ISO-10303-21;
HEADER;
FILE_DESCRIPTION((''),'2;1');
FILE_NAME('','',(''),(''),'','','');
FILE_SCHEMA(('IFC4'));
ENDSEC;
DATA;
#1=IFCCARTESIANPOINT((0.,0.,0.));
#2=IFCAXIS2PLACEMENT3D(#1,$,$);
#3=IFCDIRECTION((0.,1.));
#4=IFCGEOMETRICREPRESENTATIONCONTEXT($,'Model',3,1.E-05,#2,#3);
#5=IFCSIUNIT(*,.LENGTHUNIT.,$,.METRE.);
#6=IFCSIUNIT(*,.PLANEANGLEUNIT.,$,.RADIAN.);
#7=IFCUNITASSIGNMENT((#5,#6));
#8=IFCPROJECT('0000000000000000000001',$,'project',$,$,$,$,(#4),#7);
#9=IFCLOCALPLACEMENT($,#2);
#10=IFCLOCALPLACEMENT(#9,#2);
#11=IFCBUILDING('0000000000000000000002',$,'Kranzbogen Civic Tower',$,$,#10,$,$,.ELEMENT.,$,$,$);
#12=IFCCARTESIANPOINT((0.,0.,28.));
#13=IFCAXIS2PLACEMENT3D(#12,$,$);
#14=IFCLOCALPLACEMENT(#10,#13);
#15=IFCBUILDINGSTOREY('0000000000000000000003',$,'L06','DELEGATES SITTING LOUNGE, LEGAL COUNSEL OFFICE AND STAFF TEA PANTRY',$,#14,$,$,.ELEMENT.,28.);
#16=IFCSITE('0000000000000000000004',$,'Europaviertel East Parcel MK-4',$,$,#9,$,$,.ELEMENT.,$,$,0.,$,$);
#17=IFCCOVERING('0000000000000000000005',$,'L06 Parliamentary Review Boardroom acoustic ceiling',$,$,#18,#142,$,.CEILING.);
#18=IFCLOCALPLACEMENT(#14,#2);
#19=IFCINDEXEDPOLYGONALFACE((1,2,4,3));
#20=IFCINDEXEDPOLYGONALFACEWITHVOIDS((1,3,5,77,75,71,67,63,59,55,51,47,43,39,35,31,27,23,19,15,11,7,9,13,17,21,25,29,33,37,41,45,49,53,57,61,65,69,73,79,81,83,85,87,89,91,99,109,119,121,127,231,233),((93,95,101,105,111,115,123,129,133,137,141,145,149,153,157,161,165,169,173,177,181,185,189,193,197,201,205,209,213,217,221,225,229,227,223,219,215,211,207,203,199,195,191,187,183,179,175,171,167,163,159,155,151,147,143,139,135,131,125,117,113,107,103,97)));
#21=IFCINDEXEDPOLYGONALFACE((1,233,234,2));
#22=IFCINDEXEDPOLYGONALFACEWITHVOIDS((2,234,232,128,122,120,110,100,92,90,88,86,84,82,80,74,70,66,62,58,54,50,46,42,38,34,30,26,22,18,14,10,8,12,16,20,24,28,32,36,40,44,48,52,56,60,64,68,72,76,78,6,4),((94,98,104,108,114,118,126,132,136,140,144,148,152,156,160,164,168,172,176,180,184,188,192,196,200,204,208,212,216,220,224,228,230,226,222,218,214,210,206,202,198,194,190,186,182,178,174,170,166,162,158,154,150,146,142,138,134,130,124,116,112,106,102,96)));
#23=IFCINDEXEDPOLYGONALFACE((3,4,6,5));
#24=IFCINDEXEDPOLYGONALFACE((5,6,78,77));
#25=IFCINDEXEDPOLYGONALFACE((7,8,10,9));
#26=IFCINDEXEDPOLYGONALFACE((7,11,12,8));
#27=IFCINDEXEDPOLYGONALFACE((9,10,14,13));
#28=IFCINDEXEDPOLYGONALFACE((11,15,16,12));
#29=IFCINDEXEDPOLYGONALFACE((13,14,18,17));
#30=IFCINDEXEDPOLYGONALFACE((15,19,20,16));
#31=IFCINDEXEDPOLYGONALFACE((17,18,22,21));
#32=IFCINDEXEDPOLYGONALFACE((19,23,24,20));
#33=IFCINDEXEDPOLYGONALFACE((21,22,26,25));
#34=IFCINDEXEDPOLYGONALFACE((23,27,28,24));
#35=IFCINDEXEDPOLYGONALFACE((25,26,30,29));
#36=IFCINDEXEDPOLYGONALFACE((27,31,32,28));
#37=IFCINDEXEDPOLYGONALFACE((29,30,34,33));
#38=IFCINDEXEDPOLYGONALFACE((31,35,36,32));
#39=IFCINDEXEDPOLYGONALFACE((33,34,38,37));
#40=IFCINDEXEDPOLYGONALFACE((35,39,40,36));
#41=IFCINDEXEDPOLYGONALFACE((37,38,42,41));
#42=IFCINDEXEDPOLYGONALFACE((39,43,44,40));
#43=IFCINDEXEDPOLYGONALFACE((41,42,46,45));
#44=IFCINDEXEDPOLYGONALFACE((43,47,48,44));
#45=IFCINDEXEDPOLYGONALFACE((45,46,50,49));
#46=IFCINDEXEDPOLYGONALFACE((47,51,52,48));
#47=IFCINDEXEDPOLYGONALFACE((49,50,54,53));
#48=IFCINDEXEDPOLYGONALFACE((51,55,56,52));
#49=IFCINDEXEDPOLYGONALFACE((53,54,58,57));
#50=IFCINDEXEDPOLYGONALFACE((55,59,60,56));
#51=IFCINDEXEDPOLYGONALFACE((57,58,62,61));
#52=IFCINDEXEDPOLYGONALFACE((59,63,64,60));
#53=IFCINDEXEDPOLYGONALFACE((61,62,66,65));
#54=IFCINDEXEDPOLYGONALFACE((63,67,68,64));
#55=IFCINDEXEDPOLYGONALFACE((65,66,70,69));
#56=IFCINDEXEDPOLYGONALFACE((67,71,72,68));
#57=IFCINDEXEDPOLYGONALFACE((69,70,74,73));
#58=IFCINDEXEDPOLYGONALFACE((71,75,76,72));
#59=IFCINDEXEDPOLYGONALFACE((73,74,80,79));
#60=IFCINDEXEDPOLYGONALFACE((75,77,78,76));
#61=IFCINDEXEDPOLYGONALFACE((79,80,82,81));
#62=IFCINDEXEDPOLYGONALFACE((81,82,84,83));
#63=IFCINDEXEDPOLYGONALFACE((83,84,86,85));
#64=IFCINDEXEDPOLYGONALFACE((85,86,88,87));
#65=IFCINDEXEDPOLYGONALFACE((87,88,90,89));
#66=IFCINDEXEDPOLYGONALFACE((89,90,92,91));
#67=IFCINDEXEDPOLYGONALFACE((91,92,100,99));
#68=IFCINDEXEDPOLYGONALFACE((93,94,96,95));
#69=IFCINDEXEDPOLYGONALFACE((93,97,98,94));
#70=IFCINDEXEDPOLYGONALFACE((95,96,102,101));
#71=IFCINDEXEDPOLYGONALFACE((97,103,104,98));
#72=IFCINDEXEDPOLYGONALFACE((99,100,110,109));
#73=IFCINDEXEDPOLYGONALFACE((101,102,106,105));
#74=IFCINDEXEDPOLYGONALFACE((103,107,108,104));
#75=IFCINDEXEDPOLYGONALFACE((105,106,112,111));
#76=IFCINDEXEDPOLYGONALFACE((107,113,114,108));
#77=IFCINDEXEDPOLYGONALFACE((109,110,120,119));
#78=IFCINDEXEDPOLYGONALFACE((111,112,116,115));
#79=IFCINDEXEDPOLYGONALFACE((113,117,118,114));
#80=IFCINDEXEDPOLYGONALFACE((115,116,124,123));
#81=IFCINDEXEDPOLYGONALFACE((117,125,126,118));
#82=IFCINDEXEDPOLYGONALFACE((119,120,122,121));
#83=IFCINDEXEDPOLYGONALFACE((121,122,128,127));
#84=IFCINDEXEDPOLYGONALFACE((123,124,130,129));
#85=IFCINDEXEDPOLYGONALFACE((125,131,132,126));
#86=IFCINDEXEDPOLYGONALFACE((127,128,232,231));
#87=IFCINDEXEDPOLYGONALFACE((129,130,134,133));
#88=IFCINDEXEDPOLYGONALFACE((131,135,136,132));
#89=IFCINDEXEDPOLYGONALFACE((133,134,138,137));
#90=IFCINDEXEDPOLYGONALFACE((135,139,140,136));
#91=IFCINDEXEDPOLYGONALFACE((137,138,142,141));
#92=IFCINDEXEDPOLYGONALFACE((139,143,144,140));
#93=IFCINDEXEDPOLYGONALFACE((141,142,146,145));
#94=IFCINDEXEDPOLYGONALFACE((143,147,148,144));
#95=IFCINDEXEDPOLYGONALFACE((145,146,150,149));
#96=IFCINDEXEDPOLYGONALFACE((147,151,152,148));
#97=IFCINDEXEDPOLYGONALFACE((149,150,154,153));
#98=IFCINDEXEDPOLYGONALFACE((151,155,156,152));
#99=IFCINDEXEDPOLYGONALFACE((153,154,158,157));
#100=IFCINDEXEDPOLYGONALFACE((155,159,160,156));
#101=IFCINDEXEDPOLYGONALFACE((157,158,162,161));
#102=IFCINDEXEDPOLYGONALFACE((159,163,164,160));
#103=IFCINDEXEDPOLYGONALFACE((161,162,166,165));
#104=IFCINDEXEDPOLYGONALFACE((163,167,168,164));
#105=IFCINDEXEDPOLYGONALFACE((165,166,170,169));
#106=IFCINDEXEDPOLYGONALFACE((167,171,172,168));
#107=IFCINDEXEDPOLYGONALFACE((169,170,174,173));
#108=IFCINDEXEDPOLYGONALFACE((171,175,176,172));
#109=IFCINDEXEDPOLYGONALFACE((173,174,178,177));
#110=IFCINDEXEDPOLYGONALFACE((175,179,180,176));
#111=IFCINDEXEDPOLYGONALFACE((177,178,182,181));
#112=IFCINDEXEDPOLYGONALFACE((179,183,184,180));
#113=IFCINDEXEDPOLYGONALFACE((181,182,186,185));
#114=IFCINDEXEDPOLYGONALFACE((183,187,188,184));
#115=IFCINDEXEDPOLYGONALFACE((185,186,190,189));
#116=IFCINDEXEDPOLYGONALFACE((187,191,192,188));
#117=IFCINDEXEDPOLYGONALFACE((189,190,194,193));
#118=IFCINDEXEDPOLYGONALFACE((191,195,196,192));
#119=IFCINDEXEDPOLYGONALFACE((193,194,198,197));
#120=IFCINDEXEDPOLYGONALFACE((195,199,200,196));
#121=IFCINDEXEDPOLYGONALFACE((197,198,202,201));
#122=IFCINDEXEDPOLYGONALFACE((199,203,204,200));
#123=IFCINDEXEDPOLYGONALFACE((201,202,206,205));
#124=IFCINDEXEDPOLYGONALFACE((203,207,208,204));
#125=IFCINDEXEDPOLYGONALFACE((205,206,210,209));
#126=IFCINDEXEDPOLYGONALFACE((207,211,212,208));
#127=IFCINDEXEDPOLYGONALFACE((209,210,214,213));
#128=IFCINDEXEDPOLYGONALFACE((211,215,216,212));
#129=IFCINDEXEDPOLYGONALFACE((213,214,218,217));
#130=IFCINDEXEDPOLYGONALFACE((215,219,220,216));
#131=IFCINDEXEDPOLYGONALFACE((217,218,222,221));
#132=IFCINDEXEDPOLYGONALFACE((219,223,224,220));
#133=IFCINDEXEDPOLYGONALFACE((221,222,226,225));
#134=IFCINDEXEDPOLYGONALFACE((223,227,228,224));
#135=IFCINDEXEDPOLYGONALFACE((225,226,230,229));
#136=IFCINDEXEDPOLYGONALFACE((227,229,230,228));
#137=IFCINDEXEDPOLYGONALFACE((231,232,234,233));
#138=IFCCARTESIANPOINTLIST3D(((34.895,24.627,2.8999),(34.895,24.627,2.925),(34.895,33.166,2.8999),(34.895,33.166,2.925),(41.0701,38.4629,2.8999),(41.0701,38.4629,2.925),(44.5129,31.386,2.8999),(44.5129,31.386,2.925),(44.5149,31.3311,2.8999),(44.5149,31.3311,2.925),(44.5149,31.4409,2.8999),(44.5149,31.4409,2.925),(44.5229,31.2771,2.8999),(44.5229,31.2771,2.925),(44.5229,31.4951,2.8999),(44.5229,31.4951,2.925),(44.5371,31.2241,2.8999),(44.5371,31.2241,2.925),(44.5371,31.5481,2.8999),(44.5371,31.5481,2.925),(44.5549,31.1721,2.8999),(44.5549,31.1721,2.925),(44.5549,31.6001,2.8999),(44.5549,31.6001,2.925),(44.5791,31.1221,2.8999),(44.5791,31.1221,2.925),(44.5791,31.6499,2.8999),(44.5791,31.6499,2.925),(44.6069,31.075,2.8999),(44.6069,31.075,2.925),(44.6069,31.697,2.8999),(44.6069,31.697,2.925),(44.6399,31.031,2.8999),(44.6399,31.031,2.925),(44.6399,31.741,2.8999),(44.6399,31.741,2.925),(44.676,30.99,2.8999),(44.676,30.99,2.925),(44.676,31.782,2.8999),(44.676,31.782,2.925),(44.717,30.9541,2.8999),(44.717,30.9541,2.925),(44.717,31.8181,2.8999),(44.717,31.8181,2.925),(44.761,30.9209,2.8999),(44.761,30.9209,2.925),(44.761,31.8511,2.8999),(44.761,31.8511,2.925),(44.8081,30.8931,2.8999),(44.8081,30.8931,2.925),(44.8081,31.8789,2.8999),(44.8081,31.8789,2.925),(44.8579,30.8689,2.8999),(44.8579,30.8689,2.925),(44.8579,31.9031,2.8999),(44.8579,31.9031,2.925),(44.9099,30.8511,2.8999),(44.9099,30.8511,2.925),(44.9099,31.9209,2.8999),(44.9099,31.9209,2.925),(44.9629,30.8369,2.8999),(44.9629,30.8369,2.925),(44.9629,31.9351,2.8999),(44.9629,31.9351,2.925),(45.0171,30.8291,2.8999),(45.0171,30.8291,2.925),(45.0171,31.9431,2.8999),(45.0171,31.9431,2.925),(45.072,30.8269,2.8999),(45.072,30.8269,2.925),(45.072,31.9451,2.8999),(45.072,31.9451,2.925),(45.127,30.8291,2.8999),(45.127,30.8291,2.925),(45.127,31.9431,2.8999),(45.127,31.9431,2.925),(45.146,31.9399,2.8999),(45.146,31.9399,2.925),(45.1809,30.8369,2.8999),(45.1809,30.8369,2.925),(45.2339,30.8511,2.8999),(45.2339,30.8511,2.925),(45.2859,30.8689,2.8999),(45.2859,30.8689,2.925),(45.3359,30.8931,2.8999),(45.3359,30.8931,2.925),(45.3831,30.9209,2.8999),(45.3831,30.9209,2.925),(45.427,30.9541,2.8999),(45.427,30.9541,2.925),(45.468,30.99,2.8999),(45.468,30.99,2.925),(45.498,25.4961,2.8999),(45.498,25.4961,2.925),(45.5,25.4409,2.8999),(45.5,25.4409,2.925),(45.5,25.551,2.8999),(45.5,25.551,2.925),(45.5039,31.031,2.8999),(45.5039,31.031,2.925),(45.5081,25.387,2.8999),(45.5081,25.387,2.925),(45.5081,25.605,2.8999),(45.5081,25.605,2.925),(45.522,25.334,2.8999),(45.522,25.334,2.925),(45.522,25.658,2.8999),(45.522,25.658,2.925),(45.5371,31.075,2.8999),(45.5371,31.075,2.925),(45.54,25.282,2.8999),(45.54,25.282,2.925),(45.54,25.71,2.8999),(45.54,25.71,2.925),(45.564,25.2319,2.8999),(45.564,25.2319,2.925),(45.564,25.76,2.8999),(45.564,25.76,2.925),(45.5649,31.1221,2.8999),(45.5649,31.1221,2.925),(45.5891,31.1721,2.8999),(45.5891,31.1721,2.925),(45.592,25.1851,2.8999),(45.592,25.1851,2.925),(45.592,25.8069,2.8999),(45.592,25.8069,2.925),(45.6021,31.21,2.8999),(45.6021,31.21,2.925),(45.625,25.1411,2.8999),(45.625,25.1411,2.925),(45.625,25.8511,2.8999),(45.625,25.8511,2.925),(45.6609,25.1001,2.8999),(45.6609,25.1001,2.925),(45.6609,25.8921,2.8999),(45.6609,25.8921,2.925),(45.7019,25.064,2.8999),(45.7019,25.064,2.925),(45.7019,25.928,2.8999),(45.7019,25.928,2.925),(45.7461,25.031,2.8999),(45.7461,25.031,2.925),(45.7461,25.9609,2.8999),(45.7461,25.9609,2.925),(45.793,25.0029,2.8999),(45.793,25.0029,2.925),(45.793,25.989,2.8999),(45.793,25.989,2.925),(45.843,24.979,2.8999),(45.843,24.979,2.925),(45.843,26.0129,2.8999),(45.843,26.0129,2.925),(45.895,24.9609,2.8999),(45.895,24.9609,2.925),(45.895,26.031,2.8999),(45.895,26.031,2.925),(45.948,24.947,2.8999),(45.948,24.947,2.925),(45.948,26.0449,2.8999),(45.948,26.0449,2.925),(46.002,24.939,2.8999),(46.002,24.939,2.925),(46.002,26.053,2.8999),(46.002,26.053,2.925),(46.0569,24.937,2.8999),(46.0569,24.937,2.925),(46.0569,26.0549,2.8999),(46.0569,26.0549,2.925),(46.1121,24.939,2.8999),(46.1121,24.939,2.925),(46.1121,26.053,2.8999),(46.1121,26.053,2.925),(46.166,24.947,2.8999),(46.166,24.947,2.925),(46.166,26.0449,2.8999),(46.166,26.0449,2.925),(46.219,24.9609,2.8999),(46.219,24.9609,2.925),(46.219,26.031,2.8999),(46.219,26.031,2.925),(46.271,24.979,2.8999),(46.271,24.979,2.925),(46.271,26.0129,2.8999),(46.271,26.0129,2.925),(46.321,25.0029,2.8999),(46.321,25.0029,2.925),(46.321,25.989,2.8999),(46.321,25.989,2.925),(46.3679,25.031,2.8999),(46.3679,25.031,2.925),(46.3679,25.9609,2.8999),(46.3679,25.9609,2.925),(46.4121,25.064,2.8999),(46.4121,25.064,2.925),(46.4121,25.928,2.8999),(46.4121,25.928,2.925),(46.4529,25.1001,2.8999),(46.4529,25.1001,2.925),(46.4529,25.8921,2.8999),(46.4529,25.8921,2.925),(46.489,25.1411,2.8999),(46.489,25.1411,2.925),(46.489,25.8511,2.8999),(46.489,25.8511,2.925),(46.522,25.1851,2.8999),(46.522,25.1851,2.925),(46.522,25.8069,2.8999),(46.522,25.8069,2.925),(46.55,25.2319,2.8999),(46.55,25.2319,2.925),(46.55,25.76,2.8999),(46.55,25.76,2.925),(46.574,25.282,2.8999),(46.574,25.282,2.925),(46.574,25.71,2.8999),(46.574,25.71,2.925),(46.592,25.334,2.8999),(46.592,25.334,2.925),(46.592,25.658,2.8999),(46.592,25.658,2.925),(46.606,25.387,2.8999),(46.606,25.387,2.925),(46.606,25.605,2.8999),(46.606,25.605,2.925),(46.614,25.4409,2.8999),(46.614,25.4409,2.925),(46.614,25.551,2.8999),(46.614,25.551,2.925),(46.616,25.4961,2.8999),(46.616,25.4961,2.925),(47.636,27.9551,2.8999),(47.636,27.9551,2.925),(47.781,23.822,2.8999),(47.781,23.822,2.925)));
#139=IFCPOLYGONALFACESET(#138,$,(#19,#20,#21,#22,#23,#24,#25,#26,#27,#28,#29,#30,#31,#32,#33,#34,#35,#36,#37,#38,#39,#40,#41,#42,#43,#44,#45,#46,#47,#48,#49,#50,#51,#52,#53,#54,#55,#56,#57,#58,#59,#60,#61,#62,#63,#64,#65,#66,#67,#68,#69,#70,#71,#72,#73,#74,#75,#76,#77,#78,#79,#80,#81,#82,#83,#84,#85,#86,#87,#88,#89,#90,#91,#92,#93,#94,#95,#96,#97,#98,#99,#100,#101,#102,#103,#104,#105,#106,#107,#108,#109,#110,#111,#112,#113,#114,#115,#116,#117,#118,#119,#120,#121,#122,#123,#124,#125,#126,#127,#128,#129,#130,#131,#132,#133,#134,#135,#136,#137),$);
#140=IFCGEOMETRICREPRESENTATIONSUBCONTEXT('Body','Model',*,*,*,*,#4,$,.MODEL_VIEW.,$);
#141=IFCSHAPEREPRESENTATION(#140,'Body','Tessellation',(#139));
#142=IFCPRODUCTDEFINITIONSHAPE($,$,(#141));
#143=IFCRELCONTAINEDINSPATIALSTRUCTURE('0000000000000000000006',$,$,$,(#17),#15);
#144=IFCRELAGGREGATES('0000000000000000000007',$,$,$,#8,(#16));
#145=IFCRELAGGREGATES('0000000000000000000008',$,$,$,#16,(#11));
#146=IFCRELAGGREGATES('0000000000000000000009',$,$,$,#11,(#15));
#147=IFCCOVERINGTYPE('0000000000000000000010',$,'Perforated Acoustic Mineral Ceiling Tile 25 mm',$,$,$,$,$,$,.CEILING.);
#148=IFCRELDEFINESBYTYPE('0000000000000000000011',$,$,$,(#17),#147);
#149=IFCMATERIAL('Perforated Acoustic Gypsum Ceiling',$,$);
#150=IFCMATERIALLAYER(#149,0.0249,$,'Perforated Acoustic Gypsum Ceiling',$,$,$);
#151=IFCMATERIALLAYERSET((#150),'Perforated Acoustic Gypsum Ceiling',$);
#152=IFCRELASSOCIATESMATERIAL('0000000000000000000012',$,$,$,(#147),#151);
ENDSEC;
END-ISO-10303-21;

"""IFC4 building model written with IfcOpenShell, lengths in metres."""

from ifc_helpers import new_model, si_unit, direction, frame, origin, place, context, subcontext, project, spatial, polyline, outline, extrude, material, layer, layer_set, type_object, element, save


model = new_model("IFC4")

# Units and contexts
model_context = context("Model", 3, precision=1e-05, world=origin(), true_north=direction((0.0, 1.0)))
body_context = subcontext(model_context, "Body", "Model", "MODEL_VIEW")
ifc_project = project(units=[si_unit("LENGTHUNIT", "METRE"), si_unit("PLANEANGLEUNIT", "RADIAN")], contexts=[model_context])

# Site, building, storey
site_placement = place(None, origin())
site = spatial("IfcSite", under=ifc_project, at=site_placement, Name="Europaviertel East Parcel MK-4", CompositionType="ELEMENT", RefElevation=0.0)
building_placement = place(site_placement, origin())
building = spatial("IfcBuilding", under=site, at=building_placement, Name="Kranzbogen Civic Tower", CompositionType="ELEMENT")
storey_placement = place(building_placement, frame((0.0, 0.0, 28.0)))
storey = spatial("IfcBuildingStorey", under=building, at=storey_placement, Name="L06", Description="DELEGATES SITTING LOUNGE, LEGAL COUNSEL OFFICE AND STAFF TEA PANTRY", CompositionType="ELEMENT", Elevation=28.0)

# Covering
ifc_material_1 = material(Name="Perforated Acoustic Gypsum Ceiling")
ifc_layer_1 = layer(ifc_material_1, 0.0249, Name="Perforated Acoustic Gypsum Ceiling")
ifc_layer_set_1 = layer_set([ifc_layer_1], Name="Perforated Acoustic Gypsum Ceiling")
covering_type_1 = type_object("IfcCoveringType", Name="Perforated Acoustic Mineral Ceiling Tile 25 mm", PredefinedType="CEILING", material=ifc_layer_set_1)
covering_1_placement = place(storey_placement, frame((0.0, 0.0, 2.8999)))
element("IfcCovering", 1, at=covering_1_placement, inside=storey, type_object=covering_type_1, Name="L06 Parliamentary Review Boardroom acoustic ceiling", PredefinedType="CEILING", context=body_context, shape_type="SweptSolid", body=[
    extrude(outline(polyline([(47.781, 23.822), (34.895, 24.627), (34.895, 33.166), (41.0701, 38.4629), (45.146, 31.9399), (45.127, 31.9431), (45.072, 31.9451), (45.0171, 31.9431), (44.9629, 31.9351), (44.9099, 31.9209), (44.8579, 31.9031), (44.8081, 31.8789), (44.761, 31.8511), (44.717, 31.8181), (44.676, 31.782), (44.6399, 31.741), (44.6069, 31.697), (44.5791, 31.6499), (44.5549, 31.6001), (44.5371, 31.5481), (44.5229, 31.4951), (44.5149, 31.4409), (44.5129, 31.386), (44.5149, 31.3311), (44.5229, 31.2771), (44.5371, 31.2241), (44.5549, 31.1721), (44.5791, 31.1221), (44.6069, 31.075), (44.6399, 31.031), (44.676, 30.99), (44.717, 30.9541), (44.761, 30.9209), (44.8081, 30.8931), (44.8579, 30.8689), (44.9099, 30.8511), (44.9629, 30.8369), (45.0171, 30.8291), (45.072, 30.8269), (45.127, 30.8291), (45.1809, 30.8369), (45.2339, 30.8511), (45.2859, 30.8689), (45.3359, 30.8931), (45.3831, 30.9209), (45.427, 30.9541), (45.468, 30.99), (45.5039, 31.031), (45.5371, 31.075), (45.5649, 31.1221), (45.5891, 31.1721), (45.6021, 31.21), (47.636, 27.9551), (47.781, 23.822)]), holes=[polyline([(46.574, 25.282), (46.55, 25.2319), (46.522, 25.1851), (46.489, 25.1411), (46.4529, 25.1001), (46.4121, 25.064), (46.3679, 25.031), (46.321, 25.0029), (46.271, 24.979), (46.219, 24.9609), (46.166, 24.947), (46.1121, 24.939), (46.0569, 24.937), (46.002, 24.939), (45.948, 24.947), (45.895, 24.9609), (45.843, 24.979), (45.793, 25.0029), (45.7461, 25.031), (45.7019, 25.064), (45.6609, 25.1001), (45.625, 25.1411), (45.592, 25.1851), (45.564, 25.2319), (45.54, 25.282), (45.522, 25.334), (45.5081, 25.387), (45.5, 25.4409), (45.498, 25.4961), (45.5, 25.551), (45.5081, 25.605), (45.522, 25.658), (45.54, 25.71), (45.564, 25.76), (45.592, 25.8069), (45.625, 25.8511), (45.6609, 25.8921), (45.7019, 25.928), (45.7461, 25.9609), (45.793, 25.989), (45.843, 26.0129), (45.895, 26.031), (45.948, 26.0449), (46.002, 26.053), (46.0569, 26.0549), (46.1121, 26.053), (46.166, 26.0449), (46.219, 26.031), (46.271, 26.0129), (46.321, 25.989), (46.3679, 25.9609), (46.4121, 25.928), (46.4529, 25.8921), (46.489, 25.8511), (46.522, 25.8069), (46.55, 25.76), (46.574, 25.71), (46.592, 25.658), (46.606, 25.605), (46.614, 25.551), (46.616, 25.4961), (46.614, 25.4409), (46.606, 25.387), (46.592, 25.334), (46.574, 25.282)])]), origin(), (0.0, 0.0, 1.0), 0.0251),
])

save(model, "model.ifc")
